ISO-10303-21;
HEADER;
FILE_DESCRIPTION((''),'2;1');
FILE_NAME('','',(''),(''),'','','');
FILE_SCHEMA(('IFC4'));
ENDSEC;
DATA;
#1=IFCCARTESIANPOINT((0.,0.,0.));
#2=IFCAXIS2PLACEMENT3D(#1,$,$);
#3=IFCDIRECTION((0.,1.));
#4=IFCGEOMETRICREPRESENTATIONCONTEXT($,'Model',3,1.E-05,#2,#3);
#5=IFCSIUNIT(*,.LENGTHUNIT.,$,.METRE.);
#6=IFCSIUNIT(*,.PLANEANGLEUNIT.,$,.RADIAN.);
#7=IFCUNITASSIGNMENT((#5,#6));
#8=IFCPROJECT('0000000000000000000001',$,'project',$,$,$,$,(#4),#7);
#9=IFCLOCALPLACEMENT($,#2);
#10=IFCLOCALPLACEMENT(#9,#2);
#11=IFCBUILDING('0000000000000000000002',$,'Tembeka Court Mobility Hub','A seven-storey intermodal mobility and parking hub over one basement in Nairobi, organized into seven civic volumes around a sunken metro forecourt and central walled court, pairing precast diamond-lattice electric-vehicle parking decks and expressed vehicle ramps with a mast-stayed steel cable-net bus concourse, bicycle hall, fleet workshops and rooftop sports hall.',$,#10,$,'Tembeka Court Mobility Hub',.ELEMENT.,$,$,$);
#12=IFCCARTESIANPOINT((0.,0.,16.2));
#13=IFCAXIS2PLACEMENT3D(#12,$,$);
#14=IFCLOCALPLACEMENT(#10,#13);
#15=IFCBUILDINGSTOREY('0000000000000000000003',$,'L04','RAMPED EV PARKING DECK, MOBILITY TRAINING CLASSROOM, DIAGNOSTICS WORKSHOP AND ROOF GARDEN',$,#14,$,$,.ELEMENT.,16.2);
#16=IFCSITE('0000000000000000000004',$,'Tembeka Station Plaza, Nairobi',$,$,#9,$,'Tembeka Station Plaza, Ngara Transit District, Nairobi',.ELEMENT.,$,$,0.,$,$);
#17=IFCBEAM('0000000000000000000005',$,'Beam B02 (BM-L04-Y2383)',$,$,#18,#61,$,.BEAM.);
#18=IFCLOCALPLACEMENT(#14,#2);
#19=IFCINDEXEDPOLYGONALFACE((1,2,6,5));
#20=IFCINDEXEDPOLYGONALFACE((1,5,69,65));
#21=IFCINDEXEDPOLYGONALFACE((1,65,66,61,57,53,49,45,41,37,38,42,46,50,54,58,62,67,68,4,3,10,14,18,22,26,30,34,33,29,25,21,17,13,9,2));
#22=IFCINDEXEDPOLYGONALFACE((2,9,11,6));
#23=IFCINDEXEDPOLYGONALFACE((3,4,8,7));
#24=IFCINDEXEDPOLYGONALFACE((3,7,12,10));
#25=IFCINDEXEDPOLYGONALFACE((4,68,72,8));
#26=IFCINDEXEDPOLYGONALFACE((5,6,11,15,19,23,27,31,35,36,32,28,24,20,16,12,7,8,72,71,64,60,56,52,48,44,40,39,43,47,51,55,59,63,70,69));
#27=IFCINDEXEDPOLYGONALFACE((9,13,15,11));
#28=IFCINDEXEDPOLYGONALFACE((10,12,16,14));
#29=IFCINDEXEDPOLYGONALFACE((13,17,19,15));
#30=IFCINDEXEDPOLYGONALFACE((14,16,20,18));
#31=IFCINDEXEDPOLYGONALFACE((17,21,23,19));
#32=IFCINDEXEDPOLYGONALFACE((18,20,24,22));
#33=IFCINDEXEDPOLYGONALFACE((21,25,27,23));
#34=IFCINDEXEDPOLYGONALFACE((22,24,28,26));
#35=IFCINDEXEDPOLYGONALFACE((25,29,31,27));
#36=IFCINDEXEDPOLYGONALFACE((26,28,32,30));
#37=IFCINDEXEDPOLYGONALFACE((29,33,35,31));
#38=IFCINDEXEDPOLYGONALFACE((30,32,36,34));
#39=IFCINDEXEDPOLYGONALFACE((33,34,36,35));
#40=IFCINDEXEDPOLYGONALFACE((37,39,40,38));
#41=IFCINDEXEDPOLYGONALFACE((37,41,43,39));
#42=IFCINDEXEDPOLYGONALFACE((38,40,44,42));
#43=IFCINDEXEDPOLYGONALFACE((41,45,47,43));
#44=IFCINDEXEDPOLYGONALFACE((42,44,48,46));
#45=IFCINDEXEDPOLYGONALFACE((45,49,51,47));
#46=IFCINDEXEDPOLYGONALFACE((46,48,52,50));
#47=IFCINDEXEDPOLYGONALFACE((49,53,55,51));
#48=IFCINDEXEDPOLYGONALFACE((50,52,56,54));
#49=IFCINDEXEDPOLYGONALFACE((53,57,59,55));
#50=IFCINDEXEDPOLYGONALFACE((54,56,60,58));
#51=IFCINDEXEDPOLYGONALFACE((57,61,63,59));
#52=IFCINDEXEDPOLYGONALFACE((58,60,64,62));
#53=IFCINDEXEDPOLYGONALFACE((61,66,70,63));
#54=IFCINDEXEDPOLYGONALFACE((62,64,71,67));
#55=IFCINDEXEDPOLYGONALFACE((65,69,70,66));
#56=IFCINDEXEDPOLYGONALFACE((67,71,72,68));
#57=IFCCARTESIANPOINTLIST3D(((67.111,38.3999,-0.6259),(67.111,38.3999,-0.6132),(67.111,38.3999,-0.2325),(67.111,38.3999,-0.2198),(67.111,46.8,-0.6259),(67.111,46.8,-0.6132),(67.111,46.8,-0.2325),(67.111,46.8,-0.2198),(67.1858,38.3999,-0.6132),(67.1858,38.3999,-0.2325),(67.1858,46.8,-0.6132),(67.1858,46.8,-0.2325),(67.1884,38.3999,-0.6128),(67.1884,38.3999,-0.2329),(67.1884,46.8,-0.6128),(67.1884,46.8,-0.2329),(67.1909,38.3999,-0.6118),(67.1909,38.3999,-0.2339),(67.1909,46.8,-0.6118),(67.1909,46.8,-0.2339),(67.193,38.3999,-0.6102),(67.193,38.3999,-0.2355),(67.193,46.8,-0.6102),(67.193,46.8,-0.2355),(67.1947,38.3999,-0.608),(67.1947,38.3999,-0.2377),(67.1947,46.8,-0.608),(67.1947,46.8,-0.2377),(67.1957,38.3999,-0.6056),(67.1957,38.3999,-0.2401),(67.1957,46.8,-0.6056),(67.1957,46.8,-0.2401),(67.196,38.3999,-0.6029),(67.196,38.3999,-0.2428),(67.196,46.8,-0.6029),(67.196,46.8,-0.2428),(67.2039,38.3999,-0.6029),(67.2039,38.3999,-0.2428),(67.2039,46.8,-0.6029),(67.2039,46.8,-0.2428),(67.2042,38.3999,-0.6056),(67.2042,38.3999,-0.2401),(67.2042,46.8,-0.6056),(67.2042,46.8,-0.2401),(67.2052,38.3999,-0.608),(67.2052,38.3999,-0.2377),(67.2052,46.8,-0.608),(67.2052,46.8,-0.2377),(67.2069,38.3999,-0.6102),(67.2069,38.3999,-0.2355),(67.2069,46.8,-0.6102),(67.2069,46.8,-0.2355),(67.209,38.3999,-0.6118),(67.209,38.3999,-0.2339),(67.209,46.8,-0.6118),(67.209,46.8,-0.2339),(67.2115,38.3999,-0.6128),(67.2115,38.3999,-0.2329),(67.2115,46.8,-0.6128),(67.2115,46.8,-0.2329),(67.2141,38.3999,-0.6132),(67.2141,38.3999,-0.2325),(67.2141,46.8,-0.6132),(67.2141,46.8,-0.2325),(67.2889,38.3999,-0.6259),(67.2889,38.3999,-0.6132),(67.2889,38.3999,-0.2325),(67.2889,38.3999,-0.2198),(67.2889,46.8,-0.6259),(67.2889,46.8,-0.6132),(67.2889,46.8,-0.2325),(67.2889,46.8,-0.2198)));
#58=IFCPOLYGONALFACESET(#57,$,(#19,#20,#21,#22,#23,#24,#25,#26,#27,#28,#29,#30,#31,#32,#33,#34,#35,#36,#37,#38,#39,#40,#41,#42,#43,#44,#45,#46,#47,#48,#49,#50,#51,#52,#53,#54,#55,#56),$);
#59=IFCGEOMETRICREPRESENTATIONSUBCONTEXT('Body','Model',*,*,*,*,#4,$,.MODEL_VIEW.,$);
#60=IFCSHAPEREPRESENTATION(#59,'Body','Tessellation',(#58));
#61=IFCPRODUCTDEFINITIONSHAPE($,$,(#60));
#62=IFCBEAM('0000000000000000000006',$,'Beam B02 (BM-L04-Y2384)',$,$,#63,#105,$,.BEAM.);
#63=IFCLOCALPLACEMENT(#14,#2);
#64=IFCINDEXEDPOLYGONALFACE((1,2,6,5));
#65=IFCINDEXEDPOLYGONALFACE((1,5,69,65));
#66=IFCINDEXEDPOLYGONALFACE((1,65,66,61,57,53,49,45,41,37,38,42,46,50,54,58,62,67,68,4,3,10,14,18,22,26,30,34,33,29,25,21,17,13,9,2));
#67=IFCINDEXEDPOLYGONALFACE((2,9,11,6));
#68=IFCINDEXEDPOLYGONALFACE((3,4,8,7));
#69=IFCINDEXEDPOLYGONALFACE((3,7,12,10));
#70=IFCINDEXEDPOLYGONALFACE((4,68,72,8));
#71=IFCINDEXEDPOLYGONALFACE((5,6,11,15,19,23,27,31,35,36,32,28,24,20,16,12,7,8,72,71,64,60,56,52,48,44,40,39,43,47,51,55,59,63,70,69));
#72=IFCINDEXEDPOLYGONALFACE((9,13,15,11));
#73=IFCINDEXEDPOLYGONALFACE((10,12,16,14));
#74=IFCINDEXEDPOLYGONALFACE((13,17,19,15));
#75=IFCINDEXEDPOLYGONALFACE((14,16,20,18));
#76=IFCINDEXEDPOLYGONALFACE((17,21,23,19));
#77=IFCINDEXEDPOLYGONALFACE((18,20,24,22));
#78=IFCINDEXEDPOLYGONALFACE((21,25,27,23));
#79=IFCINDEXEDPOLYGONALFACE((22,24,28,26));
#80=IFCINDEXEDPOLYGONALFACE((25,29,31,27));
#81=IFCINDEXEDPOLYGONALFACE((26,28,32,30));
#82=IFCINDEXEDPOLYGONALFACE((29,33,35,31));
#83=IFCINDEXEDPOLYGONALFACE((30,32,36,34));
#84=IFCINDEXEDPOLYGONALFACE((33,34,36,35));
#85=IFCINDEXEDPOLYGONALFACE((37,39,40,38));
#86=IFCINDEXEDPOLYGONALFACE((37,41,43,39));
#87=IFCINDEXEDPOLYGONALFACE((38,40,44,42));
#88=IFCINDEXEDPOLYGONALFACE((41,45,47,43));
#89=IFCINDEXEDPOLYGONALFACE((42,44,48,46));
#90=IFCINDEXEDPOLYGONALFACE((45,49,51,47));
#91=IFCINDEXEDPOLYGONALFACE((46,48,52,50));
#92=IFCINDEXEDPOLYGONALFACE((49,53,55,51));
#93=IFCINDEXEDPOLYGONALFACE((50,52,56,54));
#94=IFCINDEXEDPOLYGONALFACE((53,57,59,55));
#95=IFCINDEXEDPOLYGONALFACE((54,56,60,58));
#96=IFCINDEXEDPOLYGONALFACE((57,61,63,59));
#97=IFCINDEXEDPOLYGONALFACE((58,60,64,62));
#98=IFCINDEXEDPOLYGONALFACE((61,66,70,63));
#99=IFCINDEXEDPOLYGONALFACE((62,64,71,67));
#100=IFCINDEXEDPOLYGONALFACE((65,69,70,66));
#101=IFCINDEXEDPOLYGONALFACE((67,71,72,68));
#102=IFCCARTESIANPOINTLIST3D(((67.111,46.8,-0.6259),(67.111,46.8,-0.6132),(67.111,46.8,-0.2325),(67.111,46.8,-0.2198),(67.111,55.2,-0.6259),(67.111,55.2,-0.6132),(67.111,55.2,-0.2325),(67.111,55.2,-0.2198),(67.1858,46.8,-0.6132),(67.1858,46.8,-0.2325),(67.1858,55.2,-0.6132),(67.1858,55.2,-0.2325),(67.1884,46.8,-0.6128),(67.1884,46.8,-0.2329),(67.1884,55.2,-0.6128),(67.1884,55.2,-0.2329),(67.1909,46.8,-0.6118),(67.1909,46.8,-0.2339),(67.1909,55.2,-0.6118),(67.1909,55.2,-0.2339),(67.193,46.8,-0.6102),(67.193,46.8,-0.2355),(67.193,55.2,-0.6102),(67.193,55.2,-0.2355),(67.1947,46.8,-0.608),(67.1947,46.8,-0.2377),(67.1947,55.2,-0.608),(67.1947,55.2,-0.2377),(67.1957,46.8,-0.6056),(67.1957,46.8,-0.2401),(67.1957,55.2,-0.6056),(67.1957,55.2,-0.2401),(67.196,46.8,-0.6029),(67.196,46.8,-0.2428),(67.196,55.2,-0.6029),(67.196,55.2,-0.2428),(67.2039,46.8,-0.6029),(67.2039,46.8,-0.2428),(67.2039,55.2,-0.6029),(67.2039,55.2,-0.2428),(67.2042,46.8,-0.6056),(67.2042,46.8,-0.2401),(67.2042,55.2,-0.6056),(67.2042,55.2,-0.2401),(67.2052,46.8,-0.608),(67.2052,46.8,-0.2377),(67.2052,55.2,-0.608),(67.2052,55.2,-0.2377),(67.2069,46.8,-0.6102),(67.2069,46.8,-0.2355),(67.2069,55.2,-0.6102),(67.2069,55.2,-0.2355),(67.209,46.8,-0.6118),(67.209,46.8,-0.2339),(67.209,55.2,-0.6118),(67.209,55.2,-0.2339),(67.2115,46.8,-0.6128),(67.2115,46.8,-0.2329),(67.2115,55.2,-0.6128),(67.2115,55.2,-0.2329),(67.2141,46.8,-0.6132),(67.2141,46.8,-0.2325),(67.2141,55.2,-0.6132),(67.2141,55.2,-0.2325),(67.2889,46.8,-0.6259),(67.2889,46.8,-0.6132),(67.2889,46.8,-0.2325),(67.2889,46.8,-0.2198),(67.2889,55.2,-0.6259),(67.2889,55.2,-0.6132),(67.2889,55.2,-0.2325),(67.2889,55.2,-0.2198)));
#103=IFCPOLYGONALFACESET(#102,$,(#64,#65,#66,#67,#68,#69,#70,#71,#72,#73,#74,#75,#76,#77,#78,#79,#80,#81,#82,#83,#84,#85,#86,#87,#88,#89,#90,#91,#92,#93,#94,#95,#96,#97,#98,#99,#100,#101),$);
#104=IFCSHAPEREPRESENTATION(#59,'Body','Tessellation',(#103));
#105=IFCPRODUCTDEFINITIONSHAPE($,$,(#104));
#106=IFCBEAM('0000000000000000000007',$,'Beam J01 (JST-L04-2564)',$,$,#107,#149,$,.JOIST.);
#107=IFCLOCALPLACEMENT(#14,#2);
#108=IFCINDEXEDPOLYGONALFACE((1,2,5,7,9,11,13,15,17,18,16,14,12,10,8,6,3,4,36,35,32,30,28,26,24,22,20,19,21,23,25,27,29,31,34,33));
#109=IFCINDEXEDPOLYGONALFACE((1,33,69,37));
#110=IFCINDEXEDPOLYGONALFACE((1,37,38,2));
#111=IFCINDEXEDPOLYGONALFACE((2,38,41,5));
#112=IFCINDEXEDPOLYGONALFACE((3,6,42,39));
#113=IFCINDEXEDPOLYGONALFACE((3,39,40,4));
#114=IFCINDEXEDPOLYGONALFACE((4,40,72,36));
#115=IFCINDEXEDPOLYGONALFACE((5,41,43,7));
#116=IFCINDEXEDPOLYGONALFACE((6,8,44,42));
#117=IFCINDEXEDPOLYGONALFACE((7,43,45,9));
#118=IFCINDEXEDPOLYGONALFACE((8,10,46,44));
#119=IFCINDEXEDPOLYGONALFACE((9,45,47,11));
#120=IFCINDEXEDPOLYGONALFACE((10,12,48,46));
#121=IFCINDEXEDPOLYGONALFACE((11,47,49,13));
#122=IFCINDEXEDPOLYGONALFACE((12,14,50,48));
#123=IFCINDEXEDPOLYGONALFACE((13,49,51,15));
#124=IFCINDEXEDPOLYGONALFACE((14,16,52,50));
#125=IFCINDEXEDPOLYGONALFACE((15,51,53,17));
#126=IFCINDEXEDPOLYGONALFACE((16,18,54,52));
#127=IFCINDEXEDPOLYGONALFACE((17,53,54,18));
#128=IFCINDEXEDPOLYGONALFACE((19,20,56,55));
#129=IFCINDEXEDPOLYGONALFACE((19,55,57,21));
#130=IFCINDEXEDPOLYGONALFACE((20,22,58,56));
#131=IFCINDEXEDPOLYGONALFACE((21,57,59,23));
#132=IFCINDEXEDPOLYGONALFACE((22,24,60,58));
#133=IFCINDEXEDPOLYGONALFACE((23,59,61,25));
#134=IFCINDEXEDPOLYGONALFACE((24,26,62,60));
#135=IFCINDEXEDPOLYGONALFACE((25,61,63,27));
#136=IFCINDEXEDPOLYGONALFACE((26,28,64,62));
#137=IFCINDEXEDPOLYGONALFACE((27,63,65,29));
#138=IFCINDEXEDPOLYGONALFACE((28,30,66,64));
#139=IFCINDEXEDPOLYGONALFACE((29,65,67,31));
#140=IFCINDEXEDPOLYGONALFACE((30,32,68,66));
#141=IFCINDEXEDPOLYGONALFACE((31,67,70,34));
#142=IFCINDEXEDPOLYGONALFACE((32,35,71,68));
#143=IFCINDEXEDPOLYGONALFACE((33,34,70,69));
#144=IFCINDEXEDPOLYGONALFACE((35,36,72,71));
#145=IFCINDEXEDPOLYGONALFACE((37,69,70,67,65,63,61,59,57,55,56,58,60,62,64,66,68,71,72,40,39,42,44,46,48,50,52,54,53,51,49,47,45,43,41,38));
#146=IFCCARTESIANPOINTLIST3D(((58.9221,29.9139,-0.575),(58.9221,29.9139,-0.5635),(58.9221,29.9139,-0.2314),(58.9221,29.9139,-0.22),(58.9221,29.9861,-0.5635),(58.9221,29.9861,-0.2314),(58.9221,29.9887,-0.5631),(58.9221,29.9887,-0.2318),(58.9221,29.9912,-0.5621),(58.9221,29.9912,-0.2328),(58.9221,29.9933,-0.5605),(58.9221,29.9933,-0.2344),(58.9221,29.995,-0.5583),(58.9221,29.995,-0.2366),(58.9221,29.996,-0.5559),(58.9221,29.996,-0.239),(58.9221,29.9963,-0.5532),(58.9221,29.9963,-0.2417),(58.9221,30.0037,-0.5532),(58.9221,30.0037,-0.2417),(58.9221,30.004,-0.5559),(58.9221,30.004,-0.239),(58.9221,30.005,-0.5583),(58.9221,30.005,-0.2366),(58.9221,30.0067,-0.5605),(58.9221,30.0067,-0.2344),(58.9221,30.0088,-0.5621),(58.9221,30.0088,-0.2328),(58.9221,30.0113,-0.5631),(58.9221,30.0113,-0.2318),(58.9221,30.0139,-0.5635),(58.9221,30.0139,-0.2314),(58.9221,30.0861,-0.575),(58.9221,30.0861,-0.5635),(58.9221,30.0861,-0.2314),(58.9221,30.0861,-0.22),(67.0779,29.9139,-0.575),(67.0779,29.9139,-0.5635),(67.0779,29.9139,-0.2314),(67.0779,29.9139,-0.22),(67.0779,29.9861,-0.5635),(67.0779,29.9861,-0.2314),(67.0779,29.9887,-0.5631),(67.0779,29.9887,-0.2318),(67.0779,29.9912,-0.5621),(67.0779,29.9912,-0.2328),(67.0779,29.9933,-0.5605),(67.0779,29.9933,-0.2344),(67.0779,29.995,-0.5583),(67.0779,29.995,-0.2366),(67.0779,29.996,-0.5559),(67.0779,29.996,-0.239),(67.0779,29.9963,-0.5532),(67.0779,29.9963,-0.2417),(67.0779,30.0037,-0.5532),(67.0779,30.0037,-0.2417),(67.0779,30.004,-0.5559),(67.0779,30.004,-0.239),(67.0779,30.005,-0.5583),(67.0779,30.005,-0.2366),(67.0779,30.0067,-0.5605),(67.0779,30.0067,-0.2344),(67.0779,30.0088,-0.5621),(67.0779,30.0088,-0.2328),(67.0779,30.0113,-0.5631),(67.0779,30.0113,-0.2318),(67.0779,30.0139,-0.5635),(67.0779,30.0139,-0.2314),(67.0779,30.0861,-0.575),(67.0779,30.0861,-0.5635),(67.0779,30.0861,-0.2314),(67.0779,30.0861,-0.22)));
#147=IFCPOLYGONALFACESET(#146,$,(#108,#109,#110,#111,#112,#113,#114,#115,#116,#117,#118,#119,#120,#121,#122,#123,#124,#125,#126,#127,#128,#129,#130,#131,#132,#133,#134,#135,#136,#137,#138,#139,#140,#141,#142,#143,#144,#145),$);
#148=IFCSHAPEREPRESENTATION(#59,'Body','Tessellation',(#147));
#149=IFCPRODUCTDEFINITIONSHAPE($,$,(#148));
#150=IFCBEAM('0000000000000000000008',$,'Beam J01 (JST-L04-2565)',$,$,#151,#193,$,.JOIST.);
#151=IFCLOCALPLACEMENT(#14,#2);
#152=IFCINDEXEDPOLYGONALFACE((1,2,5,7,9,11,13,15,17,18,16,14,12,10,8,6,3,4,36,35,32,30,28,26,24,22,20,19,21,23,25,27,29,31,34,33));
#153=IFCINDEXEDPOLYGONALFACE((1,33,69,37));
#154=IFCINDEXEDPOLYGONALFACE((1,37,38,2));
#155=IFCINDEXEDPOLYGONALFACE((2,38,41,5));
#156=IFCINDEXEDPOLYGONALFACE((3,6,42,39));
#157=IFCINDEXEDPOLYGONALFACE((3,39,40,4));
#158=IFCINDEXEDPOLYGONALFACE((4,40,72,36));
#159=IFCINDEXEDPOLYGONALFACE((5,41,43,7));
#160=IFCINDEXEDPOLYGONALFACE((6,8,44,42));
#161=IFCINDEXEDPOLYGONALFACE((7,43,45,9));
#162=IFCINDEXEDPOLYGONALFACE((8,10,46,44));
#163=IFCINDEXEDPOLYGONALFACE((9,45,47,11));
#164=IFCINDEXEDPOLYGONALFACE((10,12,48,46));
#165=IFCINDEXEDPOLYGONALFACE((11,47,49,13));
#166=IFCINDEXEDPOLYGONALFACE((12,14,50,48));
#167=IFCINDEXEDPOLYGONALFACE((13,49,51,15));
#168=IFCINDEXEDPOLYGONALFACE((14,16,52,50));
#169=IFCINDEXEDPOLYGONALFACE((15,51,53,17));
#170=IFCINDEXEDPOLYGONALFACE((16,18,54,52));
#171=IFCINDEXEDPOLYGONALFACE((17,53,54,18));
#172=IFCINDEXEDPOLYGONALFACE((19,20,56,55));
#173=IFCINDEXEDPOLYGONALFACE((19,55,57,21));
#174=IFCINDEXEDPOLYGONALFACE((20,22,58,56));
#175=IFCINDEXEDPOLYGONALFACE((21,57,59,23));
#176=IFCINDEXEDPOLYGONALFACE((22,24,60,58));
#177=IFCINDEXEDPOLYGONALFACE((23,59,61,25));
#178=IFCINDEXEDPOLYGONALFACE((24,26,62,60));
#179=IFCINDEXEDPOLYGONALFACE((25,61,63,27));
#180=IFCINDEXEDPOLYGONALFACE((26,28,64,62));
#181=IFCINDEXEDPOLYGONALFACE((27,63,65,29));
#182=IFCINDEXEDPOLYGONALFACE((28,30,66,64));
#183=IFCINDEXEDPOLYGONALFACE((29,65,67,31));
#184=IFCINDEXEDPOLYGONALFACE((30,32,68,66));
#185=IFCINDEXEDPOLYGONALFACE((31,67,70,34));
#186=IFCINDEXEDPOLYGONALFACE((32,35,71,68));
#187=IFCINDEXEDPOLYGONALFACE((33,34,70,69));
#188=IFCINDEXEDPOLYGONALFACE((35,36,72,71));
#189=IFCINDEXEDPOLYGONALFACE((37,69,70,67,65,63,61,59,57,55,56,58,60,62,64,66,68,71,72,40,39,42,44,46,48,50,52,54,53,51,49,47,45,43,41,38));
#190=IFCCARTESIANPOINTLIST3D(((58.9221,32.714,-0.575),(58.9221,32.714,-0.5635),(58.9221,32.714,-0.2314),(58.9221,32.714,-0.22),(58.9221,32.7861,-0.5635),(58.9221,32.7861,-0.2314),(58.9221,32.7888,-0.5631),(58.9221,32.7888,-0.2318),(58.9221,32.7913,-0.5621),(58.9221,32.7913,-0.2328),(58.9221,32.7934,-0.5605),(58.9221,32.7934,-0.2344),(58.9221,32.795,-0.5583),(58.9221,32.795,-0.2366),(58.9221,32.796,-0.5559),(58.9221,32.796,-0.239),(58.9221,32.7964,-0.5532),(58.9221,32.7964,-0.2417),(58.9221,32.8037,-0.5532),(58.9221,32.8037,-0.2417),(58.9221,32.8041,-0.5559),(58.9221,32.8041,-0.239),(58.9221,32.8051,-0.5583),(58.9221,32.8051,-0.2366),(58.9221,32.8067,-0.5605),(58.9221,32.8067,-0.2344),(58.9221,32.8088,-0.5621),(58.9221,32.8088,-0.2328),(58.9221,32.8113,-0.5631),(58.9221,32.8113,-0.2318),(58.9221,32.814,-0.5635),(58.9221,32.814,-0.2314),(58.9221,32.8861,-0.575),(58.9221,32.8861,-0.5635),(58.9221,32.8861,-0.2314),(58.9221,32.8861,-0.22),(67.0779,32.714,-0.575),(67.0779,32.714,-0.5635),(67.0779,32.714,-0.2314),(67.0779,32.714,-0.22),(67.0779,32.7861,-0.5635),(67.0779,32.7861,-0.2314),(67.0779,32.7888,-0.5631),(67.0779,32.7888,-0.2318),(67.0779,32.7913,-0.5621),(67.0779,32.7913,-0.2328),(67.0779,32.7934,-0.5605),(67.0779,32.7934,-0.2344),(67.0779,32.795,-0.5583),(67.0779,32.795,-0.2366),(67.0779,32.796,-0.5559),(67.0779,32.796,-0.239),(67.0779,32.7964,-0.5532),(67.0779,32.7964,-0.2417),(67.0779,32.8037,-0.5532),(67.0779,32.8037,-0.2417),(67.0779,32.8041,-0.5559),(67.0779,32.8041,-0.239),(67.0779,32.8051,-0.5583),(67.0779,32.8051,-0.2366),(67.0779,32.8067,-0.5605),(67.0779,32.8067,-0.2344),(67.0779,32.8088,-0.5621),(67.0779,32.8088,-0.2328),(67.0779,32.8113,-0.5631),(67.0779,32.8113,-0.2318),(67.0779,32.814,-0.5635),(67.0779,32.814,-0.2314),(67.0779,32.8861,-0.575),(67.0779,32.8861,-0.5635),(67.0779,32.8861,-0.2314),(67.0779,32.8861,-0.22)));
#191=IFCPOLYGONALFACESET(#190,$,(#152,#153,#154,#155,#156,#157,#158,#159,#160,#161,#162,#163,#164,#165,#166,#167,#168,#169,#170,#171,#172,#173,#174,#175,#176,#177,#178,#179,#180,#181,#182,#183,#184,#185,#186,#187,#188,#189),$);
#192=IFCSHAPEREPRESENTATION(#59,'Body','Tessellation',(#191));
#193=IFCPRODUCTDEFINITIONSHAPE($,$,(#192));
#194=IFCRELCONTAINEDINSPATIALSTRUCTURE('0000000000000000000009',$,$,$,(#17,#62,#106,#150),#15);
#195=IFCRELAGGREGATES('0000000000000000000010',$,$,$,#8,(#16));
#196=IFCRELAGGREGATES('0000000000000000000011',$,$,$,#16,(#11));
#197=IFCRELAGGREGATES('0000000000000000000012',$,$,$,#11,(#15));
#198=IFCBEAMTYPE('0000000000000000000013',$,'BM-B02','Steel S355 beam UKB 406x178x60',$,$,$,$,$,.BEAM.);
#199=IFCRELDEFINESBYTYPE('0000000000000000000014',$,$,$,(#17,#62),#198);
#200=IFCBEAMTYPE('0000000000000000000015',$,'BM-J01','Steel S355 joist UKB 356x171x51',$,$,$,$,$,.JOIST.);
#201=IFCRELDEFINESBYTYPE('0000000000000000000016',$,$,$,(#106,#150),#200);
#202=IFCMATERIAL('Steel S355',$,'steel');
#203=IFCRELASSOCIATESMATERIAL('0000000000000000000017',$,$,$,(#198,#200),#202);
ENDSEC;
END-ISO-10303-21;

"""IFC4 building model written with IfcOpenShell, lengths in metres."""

from ifc_helpers import new_model, si_unit, direction, frame, origin, origin_2d, place, context, subcontext, project, spatial, i_section, extrude, material, material_profile, profile_set, type_object, element, save


model = new_model("IFC4")

# Units and contexts
model_context = context("Model", 3, precision=1e-05, world=origin(), true_north=direction((0.0, 1.0)))
body_context = subcontext(model_context, "Body", "Model", "MODEL_VIEW")
ifc_project = project(units=[si_unit("LENGTHUNIT", "METRE"), si_unit("PLANEANGLEUNIT", "RADIAN")], contexts=[model_context])

# Site, building, storey
site_placement = place(None, origin())
site = spatial("IfcSite", under=ifc_project, at=site_placement, Name="Tembeka Station Plaza, Nairobi", LongName="Tembeka Station Plaza, Ngara Transit District, Nairobi", CompositionType="ELEMENT", RefElevation=0.0)
building_placement = place(site_placement, origin())
building = spatial("IfcBuilding", under=site, at=building_placement, Name="Tembeka Court Mobility Hub", Description="A seven-storey intermodal mobility and parking hub over one basement in Nairobi, organized into seven civic volumes around a sunken metro forecourt and central walled court, pairing precast diamond-lattice electric-vehicle parking decks and expressed vehicle ramps with a mast-stayed steel cable-net bus concourse, bicycle hall, fleet workshops and rooftop sports hall.", LongName="Tembeka Court Mobility Hub", CompositionType="ELEMENT")
storey_placement = place(building_placement, frame((0.0, 0.0, 16.2)))
storey = spatial("IfcBuildingStorey", under=building, at=storey_placement, Name="L04", Description="RAMPED EV PARKING DECK, MOBILITY TRAINING CLASSROOM, DIAGNOSTICS WORKSHOP AND ROOF GARDEN", CompositionType="ELEMENT", Elevation=16.2)

# Shared definitions
ifc_material_1 = material(Name="Steel S355", Category="steel")

# Beams
ifc_material_profile_1 = material_profile(ifc_material_1, i_section(OverallWidth=0.178, OverallDepth=0.406, WebThickness=0.0078, FlangeThickness=0.0127, FilletRadius=0.0103, at=origin_2d()), Name="UKB 406x178x60")
ifc_profile_set_1 = profile_set([ifc_material_profile_1], Name="Steel S355")
beam_type_1 = type_object("IfcBeamType", Name="BM-B02", Description="Steel S355 beam UKB 406x178x60", PredefinedType="BEAM", material=ifc_profile_set_1)
beam_1_placement = place(storey_placement, frame((67.2, 38.3999, -0.4229), z_axis=(0.0, 1.0, 0.0), x_axis=(-1.0, 0.0, 0.0)))
element("IfcBeam", 1, at=beam_1_placement, inside=storey, type_object=beam_type_1, Name="Beam B02 (BM-L04-Y2383)", PredefinedType="BEAM", context=body_context, shape_type="SweptSolid", body=[
    extrude(i_section(OverallWidth=0.178, OverallDepth=0.406, WebThickness=0.0078, FlangeThickness=0.0127, FilletRadius=0.0103, at=origin_2d()), origin(), (0.0, 0.0, 1.0), 8.4001),
])
beam_2_placement = place(storey_placement, frame((67.2, 46.8, -0.4229), z_axis=(0.0, 1.0, 0.0), x_axis=(-1.0, 0.0, 0.0)))
element("IfcBeam", 2, at=beam_2_placement, inside=storey, type_object=beam_type_1, Name="Beam B02 (BM-L04-Y2384)", PredefinedType="BEAM", context=body_context, shape_type="SweptSolid", body=[
    extrude(i_section(OverallWidth=0.178, OverallDepth=0.406, WebThickness=0.0078, FlangeThickness=0.0127, FilletRadius=0.0103, at=origin_2d()), origin(), (0.0, 0.0, 1.0), 8.3999),
])
ifc_material_profile_2 = material_profile(ifc_material_1, i_section(OverallWidth=0.1721, OverallDepth=0.355, WebThickness=0.0073, FlangeThickness=0.0115, FilletRadius=0.0103, at=origin_2d()), Name="UKB 356x171x51")
ifc_profile_set_2 = profile_set([ifc_material_profile_2], Name="Steel S355")
beam_type_2 = type_object("IfcBeamType", Name="BM-J01", Description="Steel S355 joist UKB 356x171x51", PredefinedType="JOIST", material=ifc_profile_set_2)
for number, where, z_axis, x_axis, name in (
    (3, (58.9221, 30.0, -0.3975), (1.0, 0.0, 0.0), (0.0, 1.0, 0.0), "Beam J01 (JST-L04-2564)"),
    (4, (58.9221, 32.8, -0.3975), (1.0, 0.0, 0.0), (0.0, 1.0, 0.0), "Beam J01 (JST-L04-2565)"),
):
    element("IfcBeam", number, at=place(storey_placement, frame(where, z_axis=z_axis, x_axis=x_axis)), inside=storey, type_object=beam_type_2, Name=name, PredefinedType="JOIST", context=body_context, shape_type="SweptSolid", body=[
        extrude(i_section(OverallWidth=0.1721, OverallDepth=0.355, WebThickness=0.0073, FlangeThickness=0.0115, FilletRadius=0.0103, at=origin_2d()), origin(), (0.0, 0.0, 1.0), 8.1558),
    ])

save(model, "model.ifc")
